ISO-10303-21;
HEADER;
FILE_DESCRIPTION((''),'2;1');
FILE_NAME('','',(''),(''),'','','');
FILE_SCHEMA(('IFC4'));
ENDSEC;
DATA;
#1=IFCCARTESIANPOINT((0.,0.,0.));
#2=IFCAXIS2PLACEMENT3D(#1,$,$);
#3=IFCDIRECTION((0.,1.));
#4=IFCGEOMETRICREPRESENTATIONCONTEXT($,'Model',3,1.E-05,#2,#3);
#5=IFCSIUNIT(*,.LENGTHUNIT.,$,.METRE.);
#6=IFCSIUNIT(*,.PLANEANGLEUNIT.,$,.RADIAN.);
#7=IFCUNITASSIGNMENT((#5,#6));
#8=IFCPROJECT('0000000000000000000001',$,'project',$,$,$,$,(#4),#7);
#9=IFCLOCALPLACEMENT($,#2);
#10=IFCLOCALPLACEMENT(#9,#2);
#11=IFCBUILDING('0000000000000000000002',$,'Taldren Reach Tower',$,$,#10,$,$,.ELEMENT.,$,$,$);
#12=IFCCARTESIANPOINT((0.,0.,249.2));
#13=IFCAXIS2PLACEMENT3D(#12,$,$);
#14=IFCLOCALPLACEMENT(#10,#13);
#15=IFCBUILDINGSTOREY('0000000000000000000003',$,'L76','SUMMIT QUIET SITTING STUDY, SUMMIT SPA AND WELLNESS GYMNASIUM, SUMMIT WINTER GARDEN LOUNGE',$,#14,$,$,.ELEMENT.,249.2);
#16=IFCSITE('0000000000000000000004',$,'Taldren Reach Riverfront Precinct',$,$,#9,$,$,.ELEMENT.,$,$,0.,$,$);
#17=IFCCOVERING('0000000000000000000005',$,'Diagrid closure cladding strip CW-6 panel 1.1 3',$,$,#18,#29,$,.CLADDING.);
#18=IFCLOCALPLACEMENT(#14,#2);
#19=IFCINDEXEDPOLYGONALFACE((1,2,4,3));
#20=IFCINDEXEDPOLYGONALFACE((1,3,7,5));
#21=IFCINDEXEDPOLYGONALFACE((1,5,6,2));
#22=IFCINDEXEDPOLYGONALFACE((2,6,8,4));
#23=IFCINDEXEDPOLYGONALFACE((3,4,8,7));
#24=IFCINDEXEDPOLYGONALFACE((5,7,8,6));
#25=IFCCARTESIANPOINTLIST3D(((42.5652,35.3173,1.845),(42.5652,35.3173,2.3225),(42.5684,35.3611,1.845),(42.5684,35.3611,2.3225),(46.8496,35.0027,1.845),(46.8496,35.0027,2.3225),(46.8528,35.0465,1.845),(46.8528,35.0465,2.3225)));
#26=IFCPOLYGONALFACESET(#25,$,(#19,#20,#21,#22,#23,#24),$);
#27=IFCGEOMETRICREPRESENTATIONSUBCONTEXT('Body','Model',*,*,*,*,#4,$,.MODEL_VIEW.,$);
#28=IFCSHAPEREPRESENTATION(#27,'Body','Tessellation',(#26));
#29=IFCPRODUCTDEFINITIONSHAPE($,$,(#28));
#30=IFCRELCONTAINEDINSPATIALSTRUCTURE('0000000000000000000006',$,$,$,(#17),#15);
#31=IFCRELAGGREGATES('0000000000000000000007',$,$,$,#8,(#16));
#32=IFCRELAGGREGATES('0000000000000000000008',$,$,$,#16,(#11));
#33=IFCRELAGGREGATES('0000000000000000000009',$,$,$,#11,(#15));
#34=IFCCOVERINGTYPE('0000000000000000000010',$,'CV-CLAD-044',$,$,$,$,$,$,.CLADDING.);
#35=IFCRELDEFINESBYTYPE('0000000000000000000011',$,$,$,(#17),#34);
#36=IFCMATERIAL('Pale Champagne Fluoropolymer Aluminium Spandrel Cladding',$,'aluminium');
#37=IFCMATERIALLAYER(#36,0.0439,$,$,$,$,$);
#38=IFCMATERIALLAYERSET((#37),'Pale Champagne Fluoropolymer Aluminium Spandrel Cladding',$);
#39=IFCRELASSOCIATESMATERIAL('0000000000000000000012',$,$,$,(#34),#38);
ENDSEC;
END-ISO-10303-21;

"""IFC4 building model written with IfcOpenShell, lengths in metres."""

from ifc_helpers import new_model, si_unit, direction, frame, origin, origin_2d, place, context, subcontext, project, spatial, rectangle, extrude, source, transform, mapped, material, layer, layer_set, type_object, element, save


model = new_model("IFC4")

# Units and contexts
model_context = context("Model", 3, precision=1e-05, world=origin(), true_north=direction((0.0, 1.0)))
body_context = subcontext(model_context, "Body", "Model", "MODEL_VIEW")
ifc_project = project(units=[si_unit("LENGTHUNIT", "METRE"), si_unit("PLANEANGLEUNIT", "RADIAN")], contexts=[model_context])

# Site, building, storey
site_placement = place(None, origin())
site = spatial("IfcSite", under=ifc_project, at=site_placement, Name="Taldren Reach Riverfront Precinct", CompositionType="ELEMENT", RefElevation=0.0)
building_placement = place(site_placement, origin())
building = spatial("IfcBuilding", under=site, at=building_placement, Name="Taldren Reach Tower", CompositionType="ELEMENT")
storey_placement = place(building_placement, frame((0.0, 0.0, 249.2)))
storey = spatial("IfcBuildingStorey", under=building, at=storey_placement, Name="L76", Description="SUMMIT QUIET SITTING STUDY, SUMMIT SPA AND WELLNESS GYMNASIUM, SUMMIT WINTER GARDEN LOUNGE", CompositionType="ELEMENT", Elevation=249.2)

# Covering
ifc_material_1 = material(Name="Pale Champagne Fluoropolymer Aluminium Spandrel Cladding", Category="aluminium")
ifc_layer_1 = layer(ifc_material_1, 0.0439)
ifc_layer_set_1 = layer_set([ifc_layer_1], Name="Pale Champagne Fluoropolymer Aluminium Spandrel Cladding")
covering_type = type_object("IfcCoveringType", Name="CV-CLAD-044", PredefinedType="CLADDING", material=ifc_layer_set_1)
shared_shape_1 = source(origin(), body_context, "Body", "SweptSolid", [
    extrude(rectangle(XDim=4.2959, YDim=0.0439, at=origin_2d()), origin(), (0.0, 0.0, 1.0), 0.4775),
])
covering_1_placement = place(storey_placement, frame((44.709, 35.1819, 1.845), z_axis=(0.0, 0.0, 1.0), x_axis=(-0.997314, 0.073238, 0.0)))
element("IfcCovering", 1, at=covering_1_placement, inside=storey, type_object=covering_type, Name="Diagrid closure cladding strip CW-6 panel 1.1 3", PredefinedType="CLADDING", context=body_context, shape_type="MappedRepresentation", body=[
    mapped(shared_shape_1, transform((0.0, 0.0, 0.0), scale=1.0)),
])

save(model, "model.ifc")
